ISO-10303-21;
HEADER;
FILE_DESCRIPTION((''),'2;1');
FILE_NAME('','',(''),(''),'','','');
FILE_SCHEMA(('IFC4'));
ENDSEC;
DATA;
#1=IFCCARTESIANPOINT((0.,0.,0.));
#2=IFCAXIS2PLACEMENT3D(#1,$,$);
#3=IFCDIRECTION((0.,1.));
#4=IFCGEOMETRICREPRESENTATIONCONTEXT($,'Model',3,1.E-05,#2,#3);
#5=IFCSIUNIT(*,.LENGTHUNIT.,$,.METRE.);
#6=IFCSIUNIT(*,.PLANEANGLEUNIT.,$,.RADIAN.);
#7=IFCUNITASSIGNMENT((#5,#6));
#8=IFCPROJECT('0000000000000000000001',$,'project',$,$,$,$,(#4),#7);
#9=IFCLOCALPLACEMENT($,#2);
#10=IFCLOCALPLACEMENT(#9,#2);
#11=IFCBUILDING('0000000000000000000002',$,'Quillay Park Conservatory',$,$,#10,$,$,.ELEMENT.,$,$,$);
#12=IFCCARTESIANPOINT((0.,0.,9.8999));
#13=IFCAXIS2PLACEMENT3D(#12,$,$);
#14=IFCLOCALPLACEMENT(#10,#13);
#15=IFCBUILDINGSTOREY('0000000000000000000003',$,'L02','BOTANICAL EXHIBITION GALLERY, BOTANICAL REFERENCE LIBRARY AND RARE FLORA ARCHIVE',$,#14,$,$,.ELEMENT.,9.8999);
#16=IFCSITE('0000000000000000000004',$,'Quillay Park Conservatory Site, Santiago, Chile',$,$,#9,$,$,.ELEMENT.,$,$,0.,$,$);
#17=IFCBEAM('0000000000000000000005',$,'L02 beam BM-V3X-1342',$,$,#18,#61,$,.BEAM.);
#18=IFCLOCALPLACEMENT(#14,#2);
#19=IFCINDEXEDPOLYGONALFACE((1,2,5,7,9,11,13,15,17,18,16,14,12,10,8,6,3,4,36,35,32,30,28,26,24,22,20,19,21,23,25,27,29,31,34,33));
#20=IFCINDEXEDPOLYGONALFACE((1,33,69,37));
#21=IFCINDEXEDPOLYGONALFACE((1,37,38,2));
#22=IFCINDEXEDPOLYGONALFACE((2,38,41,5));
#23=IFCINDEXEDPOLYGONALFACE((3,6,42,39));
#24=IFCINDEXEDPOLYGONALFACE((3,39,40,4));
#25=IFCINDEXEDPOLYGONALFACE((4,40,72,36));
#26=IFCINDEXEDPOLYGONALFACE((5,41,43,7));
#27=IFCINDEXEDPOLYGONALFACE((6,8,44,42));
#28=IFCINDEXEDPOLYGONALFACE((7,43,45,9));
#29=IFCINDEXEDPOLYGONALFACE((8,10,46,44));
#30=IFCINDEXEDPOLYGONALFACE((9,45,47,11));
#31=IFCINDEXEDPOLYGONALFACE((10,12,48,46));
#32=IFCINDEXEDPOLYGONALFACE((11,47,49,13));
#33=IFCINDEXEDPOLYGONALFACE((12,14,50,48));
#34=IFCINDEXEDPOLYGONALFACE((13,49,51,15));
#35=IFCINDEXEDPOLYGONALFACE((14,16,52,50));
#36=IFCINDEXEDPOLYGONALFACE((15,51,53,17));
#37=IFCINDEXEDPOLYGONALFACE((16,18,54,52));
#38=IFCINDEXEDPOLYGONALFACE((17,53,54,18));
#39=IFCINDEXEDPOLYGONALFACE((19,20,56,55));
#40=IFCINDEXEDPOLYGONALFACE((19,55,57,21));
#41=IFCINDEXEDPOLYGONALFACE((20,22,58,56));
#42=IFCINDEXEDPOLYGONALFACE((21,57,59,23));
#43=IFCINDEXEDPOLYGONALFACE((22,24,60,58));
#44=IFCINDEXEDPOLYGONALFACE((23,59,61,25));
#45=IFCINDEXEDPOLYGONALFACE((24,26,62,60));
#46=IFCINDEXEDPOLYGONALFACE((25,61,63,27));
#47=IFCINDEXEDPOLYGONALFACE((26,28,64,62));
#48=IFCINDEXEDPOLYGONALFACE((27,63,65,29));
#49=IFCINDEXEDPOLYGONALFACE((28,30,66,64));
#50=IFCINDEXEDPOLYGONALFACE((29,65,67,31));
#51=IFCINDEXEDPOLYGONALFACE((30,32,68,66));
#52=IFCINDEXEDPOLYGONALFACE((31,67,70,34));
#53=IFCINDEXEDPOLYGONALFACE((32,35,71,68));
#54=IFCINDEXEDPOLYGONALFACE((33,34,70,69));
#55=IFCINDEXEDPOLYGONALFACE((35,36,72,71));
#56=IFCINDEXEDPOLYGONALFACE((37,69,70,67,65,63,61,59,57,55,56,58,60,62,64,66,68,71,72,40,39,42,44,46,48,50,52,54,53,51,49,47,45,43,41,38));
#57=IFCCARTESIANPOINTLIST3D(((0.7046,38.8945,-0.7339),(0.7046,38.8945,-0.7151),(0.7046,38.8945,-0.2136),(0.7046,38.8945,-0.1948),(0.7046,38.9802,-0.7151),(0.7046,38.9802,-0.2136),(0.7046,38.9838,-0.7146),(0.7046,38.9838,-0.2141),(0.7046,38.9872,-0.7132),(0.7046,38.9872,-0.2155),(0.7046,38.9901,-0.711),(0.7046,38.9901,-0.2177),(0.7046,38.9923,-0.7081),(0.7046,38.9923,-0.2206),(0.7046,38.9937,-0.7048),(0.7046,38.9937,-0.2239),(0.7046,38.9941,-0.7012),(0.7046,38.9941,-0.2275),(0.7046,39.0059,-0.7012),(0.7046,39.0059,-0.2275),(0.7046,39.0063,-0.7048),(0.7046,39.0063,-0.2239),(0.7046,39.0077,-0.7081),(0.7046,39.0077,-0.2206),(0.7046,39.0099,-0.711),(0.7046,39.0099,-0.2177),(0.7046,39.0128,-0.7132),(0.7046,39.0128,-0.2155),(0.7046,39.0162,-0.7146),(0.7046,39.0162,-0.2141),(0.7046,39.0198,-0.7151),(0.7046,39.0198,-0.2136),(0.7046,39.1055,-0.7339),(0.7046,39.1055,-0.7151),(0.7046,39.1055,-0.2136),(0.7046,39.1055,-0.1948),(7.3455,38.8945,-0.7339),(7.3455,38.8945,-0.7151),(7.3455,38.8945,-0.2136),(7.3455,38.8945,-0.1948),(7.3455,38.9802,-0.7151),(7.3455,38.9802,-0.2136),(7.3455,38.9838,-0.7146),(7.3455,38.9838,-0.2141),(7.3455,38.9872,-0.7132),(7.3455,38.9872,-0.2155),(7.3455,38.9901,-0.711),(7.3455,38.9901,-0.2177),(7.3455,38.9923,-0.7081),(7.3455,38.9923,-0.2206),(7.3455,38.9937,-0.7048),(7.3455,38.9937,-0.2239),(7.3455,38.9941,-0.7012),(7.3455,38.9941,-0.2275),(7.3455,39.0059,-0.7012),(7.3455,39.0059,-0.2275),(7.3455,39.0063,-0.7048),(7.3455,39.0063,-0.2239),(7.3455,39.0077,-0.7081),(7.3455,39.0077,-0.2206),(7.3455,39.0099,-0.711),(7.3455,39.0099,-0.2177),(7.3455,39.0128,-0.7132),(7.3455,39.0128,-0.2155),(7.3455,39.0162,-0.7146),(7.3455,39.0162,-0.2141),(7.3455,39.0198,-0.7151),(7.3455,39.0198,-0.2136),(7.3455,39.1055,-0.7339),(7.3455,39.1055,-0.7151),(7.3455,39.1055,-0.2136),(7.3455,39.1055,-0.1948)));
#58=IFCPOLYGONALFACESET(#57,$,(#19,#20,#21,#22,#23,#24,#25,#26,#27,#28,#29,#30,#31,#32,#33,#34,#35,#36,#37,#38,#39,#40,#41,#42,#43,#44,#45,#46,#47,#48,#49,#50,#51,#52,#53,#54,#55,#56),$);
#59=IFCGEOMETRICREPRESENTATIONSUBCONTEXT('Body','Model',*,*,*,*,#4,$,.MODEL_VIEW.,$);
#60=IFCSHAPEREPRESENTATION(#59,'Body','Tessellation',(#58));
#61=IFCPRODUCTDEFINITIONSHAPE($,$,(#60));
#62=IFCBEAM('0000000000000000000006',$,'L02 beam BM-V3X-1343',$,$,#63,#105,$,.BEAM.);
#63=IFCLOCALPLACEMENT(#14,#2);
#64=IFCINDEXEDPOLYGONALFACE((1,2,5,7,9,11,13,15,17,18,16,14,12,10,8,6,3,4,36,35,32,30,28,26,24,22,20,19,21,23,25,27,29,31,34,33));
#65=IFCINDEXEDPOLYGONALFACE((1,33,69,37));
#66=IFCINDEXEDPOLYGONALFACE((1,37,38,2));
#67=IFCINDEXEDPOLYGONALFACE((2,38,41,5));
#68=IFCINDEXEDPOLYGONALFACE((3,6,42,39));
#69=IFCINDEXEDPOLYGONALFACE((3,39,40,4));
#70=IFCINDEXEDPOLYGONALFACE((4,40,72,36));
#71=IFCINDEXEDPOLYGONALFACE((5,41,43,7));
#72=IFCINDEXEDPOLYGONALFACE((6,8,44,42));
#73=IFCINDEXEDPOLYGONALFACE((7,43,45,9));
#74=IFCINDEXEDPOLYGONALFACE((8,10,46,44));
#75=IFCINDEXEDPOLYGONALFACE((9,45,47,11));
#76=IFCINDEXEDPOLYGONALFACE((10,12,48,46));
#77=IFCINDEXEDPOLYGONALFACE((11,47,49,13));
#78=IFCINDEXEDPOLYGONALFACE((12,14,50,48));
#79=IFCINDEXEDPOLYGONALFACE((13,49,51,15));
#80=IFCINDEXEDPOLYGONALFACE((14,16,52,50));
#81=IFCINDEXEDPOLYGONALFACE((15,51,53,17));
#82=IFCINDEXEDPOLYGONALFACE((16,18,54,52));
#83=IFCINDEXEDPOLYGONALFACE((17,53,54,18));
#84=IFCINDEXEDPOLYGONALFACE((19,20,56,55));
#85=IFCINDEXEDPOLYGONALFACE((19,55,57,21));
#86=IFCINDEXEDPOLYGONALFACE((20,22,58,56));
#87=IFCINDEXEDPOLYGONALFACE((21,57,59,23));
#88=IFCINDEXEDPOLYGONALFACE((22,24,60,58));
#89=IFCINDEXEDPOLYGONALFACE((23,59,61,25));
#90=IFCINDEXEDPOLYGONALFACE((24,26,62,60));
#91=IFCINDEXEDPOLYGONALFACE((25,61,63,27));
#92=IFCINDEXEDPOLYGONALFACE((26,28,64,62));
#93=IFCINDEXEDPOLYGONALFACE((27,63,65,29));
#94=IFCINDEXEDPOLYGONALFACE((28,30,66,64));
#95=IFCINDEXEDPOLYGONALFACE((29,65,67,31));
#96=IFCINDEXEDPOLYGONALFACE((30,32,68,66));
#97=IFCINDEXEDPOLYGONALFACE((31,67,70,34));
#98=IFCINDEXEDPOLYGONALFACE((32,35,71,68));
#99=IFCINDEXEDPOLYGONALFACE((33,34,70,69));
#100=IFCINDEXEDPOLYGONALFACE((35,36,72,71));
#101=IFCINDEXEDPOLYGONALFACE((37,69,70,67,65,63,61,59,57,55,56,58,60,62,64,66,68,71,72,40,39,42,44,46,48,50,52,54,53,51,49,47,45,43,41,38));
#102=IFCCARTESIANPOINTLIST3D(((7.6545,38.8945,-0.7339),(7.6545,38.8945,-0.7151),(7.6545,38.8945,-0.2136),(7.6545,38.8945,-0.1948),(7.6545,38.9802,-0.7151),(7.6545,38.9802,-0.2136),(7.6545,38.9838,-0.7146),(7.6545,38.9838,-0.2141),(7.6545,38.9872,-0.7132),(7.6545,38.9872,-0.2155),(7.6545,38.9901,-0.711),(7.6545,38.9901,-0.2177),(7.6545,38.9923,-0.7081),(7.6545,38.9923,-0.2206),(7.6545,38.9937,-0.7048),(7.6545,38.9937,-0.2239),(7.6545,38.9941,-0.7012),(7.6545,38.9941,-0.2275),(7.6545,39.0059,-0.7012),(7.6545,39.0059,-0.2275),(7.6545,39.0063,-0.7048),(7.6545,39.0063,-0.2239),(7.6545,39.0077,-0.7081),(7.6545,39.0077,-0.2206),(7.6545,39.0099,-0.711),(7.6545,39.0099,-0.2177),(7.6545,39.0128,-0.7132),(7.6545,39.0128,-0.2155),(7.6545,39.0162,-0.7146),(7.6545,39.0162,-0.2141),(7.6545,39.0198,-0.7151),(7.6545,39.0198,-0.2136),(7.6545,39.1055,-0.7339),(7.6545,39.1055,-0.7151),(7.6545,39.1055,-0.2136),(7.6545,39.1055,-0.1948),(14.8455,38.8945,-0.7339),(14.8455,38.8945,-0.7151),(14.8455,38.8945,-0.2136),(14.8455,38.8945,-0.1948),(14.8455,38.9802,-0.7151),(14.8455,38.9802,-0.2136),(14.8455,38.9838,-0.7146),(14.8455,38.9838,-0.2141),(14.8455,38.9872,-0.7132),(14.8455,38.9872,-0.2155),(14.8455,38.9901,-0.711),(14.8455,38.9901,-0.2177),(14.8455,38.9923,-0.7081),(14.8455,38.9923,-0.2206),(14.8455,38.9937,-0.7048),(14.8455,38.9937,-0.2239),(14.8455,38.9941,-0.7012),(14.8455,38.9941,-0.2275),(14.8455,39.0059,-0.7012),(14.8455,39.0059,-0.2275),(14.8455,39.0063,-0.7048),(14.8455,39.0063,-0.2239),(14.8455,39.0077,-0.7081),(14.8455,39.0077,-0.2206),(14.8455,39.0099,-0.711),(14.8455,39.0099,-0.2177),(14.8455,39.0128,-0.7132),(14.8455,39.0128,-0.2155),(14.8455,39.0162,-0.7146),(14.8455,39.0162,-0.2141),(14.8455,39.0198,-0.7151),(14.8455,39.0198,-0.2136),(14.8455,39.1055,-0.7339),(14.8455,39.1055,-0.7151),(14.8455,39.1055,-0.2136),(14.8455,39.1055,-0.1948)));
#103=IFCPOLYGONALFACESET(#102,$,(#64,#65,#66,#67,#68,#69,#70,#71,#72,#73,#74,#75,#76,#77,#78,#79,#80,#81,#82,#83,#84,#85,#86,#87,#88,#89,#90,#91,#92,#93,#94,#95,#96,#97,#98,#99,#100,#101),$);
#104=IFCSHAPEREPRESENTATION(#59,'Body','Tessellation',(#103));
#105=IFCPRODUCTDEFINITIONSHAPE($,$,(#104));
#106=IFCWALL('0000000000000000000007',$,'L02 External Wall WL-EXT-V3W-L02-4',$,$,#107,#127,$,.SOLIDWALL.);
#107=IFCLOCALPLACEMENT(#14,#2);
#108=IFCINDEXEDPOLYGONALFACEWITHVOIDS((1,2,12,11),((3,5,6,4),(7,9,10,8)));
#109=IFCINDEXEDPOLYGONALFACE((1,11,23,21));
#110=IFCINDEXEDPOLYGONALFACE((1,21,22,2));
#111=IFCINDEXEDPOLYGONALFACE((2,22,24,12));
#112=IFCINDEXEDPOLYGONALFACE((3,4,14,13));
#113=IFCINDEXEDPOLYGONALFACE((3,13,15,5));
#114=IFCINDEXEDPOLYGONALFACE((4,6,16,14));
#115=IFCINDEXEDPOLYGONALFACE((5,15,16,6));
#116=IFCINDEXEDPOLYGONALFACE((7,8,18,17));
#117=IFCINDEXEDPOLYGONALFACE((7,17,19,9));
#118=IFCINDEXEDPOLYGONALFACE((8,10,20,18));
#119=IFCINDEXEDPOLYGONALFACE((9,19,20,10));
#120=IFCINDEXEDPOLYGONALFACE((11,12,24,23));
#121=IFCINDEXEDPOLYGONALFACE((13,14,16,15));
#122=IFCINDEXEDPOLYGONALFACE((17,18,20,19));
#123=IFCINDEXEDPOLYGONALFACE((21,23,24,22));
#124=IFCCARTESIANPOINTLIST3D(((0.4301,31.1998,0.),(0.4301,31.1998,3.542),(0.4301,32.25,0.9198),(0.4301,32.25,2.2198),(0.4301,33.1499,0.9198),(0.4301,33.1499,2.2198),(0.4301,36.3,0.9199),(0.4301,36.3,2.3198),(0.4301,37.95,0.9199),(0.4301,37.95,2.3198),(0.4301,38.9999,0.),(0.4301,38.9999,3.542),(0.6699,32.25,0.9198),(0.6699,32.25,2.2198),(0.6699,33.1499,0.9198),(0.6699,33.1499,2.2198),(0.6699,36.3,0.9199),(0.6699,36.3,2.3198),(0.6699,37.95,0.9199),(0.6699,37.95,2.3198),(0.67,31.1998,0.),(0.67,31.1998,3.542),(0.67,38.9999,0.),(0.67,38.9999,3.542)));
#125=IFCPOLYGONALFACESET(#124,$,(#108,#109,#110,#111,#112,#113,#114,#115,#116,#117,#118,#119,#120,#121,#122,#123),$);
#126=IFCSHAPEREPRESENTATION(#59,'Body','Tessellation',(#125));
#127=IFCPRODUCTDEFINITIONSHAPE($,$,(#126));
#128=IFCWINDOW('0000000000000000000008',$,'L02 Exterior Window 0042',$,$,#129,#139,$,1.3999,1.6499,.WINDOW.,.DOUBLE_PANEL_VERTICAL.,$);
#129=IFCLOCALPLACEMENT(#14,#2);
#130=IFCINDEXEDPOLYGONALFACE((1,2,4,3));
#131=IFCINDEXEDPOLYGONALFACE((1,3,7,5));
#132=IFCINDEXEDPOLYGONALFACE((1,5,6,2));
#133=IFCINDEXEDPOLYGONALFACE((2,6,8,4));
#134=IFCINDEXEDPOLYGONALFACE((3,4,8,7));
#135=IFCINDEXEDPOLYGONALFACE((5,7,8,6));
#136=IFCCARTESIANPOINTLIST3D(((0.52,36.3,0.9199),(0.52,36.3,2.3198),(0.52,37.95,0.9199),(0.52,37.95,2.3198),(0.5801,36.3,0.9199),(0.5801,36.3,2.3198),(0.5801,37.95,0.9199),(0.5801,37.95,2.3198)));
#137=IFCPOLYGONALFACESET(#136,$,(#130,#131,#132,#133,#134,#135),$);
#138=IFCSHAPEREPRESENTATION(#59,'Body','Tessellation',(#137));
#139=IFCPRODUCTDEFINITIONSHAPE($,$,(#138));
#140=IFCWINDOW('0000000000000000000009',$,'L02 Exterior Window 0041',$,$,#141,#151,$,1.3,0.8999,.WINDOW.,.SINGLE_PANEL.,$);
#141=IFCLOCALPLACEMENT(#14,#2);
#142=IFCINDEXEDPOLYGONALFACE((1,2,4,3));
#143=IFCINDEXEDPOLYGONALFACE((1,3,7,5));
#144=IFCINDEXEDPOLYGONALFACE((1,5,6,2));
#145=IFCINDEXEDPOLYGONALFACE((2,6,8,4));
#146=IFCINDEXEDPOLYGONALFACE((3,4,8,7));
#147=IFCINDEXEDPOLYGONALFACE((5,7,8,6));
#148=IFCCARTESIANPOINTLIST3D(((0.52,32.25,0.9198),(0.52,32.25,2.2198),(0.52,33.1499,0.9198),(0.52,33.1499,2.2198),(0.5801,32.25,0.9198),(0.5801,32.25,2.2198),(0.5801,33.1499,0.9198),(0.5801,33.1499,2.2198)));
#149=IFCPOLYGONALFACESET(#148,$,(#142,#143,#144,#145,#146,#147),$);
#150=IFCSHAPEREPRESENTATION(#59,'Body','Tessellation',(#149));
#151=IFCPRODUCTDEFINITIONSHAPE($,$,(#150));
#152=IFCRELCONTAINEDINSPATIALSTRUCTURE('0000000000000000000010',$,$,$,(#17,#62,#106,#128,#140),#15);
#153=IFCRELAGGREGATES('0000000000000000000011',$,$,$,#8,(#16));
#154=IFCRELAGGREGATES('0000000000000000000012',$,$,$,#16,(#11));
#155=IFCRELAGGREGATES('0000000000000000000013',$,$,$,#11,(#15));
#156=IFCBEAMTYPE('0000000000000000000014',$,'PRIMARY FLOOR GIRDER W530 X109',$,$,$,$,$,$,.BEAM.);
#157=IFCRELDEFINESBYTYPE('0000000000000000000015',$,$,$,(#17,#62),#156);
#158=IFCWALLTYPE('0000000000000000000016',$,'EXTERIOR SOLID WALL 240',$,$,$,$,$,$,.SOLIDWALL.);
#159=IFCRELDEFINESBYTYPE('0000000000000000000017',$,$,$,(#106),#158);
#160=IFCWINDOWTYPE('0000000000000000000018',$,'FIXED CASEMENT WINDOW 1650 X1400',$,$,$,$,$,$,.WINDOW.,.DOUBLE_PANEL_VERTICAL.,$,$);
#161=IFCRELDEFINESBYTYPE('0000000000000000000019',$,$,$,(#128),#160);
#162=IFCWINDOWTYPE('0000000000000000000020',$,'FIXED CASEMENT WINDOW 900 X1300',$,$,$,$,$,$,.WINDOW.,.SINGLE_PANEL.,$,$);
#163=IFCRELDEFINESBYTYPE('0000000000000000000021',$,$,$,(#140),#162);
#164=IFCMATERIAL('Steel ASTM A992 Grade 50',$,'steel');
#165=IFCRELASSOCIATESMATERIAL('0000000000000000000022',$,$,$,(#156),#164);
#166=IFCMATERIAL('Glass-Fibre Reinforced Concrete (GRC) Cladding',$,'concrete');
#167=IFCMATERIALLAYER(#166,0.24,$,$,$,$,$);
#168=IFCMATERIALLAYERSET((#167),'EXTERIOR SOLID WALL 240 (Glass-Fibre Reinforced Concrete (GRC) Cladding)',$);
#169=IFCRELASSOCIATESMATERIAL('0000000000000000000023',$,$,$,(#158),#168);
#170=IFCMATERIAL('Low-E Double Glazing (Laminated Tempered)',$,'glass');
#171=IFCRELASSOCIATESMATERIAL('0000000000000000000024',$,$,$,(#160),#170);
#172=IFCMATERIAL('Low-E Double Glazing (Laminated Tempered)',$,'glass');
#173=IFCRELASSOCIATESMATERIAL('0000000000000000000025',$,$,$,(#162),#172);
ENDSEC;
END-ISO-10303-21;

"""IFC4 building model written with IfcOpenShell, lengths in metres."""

from ifc_helpers import new_model, si_unit, direction, frame, frame_2d, origin, origin_2d, place, context, subcontext, project, spatial, rectangle, i_section, extrude, material, layer, layer_set, material_profile, profile_set, type_object, element, fill, save


model = new_model("IFC4")

# Units and contexts
model_context = context("Model", 3, precision=1e-05, world=origin(), true_north=direction((0.0, 1.0)))
body_context = subcontext(model_context, "Body", "Model", "MODEL_VIEW")
ifc_project = project(units=[si_unit("LENGTHUNIT", "METRE"), si_unit("PLANEANGLEUNIT", "RADIAN")], contexts=[model_context])

# Site, building, storey
site_placement = place(None, origin())
site = spatial("IfcSite", under=ifc_project, at=site_placement, Name="Quillay Park Conservatory Site, Santiago, Chile", CompositionType="ELEMENT", RefElevation=0.0)
building_placement = place(site_placement, origin())
building = spatial("IfcBuilding", under=site, at=building_placement, Name="Quillay Park Conservatory", CompositionType="ELEMENT")
storey_placement = place(building_placement, frame((0.0, 0.0, 9.8999)))
storey = spatial("IfcBuildingStorey", under=building, at=storey_placement, Name="L02", Description="BOTANICAL EXHIBITION GALLERY, BOTANICAL REFERENCE LIBRARY AND RARE FLORA ARCHIVE", CompositionType="ELEMENT", Elevation=9.8999)

# Beams
ifc_material_1 = material(Name="Steel ASTM A992 Grade 50", Category="steel")
ifc_material_profile_1 = material_profile(ifc_material_1, i_section(OverallWidth=0.2109, OverallDepth=0.5391, WebThickness=0.0117, FlangeThickness=0.0188, FilletRadius=0.0139, at=origin_2d()), Name="W530x109")
ifc_profile_set_1 = profile_set([ifc_material_profile_1], Name="Steel ASTM A992 Grade 50")
beam_type_1 = type_object("IfcBeamType", Name="PRIMARY FLOOR GIRDER W530 X109", PredefinedType="BEAM", material=ifc_profile_set_1)
beam_1_placement = place(storey_placement, frame((0.7046, 39.0, -0.4644), z_axis=(1.0, 0.0, 0.0), x_axis=(0.0, 1.0, 0.0)))
element("IfcBeam", 1, at=beam_1_placement, inside=storey, type_object=beam_type_1, Name="L02 beam BM-V3X-1342", PredefinedType="BEAM", context=body_context, shape_type="SweptSolid", body=[
    extrude(i_section(OverallWidth=0.2109, OverallDepth=0.5391, WebThickness=0.0117, FlangeThickness=0.0188, FilletRadius=0.0139, at=origin_2d()), origin(), (0.0, 0.0, 1.0), 6.6409),
])
beam_2_placement = place(storey_placement, frame((7.6545, 39.0, -0.4644), z_axis=(1.0, 0.0, 0.0), x_axis=(0.0, 1.0, 0.0)))
element("IfcBeam", 2, at=beam_2_placement, inside=storey, type_object=beam_type_1, Name="L02 beam BM-V3X-1343", PredefinedType="BEAM", context=body_context, shape_type="SweptSolid", body=[
    extrude(i_section(OverallWidth=0.2109, OverallDepth=0.5391, WebThickness=0.0117, FlangeThickness=0.0188, FilletRadius=0.0139, at=origin_2d()), origin(), (0.0, 0.0, 1.0), 7.1909),
])

# Wall, openings, windows
ifc_material_2 = material(Name="Glass-Fibre Reinforced Concrete (GRC) Cladding", Category="concrete")
ifc_layer = layer(ifc_material_2, 0.24)
ifc_layer_set = layer_set([ifc_layer], Name="EXTERIOR SOLID WALL 240 (Glass-Fibre Reinforced Concrete (GRC) Cladding)")
wall_type = type_object("IfcWallType", Name="EXTERIOR SOLID WALL 240", PredefinedType="SOLIDWALL", material=ifc_layer_set)
wall_1_placement = place(storey_placement, frame((0.55, 31.2, 0.0), z_axis=(0.0, 0.0, 1.0), x_axis=(0.0, 1.0, 0.0)))
wall_1 = element("IfcWall", 3, at=wall_1_placement, inside=storey, type_object=wall_type, Name="L02 External Wall WL-EXT-V3W-L02-4", PredefinedType="SOLIDWALL", context=body_context, shape_type="SweptSolid", body=[
    extrude(rectangle(XDim=7.8, YDim=0.24, at=frame_2d((3.8999, 0.0))), origin(), (0.0, 0.0, 1.0), 3.542),
])
opening_1_placement = place(wall_1_placement, frame((1.05, 0.0, 0.9199)))
opening_1 = element("IfcOpeningElement", 4, at=opening_1_placement, cuts=wall_1, PredefinedType="OPENING", context=body_context, shape_type="SweptSolid", body=[
    extrude(rectangle(XDim=0.8999, YDim=1.3, at=frame_2d((0.45, 0.6499))), frame((0.0, 0.1201, 0.0), z_axis=(0.0, -1.0, 0.0), x_axis=(1.0, 0.0, 0.0)), (0.0, 0.0, 1.0), 0.24),
])
opening_2_placement = place(wall_1_placement, frame((5.1001, 0.0, 0.9199)))
opening_2 = element("IfcOpeningElement", 5, at=opening_2_placement, cuts=wall_1, PredefinedType="OPENING", context=body_context, shape_type="SweptSolid", body=[
    extrude(rectangle(XDim=1.6499, YDim=1.3999, at=frame_2d((0.825, 0.7))), frame((0.0, 0.1201, 0.0), z_axis=(0.0, -1.0, 0.0), x_axis=(1.0, 0.0, 0.0)), (0.0, 0.0, 1.0), 0.24),
])
ifc_material_3 = material(Name="Low-E Double Glazing (Laminated Tempered)", Category="glass")
window_type_1 = type_object("IfcWindowType", Name="FIXED CASEMENT WINDOW 1650 X1400", PartitioningType="DOUBLE_PANEL_VERTICAL", PredefinedType="WINDOW", material=ifc_material_3)
window_1_placement = place(opening_2_placement, origin())
window_1 = element("IfcWindow", 6, at=window_1_placement, inside=storey, type_object=window_type_1, Name="L02 Exterior Window 0042", OverallHeight=1.3999, OverallWidth=1.6499, PartitioningType="DOUBLE_PANEL_VERTICAL", PredefinedType="WINDOW", context=body_context, shape_type="SweptSolid", body=[
    extrude(rectangle(XDim=1.6499, YDim=1.3999, at=frame_2d((0.825, 0.7))), frame((0.0, 0.03, 0.0), z_axis=(0.0, -1.0, 0.0), x_axis=(1.0, 0.0, 0.0)), (0.0, 0.0, 1.0), 0.0601),
])
fill(opening_2, window_1)
ifc_material_4 = material(Name="Low-E Double Glazing (Laminated Tempered)", Category="glass")
window_type_2 = type_object("IfcWindowType", Name="FIXED CASEMENT WINDOW 900 X1300", PartitioningType="SINGLE_PANEL", PredefinedType="WINDOW", material=ifc_material_4)
window_2_placement = place(opening_1_placement, origin())
window_2 = element("IfcWindow", 7, at=window_2_placement, inside=storey, type_object=window_type_2, Name="L02 Exterior Window 0041", OverallHeight=1.3, OverallWidth=0.8999, PartitioningType="SINGLE_PANEL", PredefinedType="WINDOW", context=body_context, shape_type="SweptSolid", body=[
    extrude(rectangle(XDim=0.8999, YDim=1.3, at=frame_2d((0.45, 0.6499))), frame((0.0, 0.03, 0.0), z_axis=(0.0, -1.0, 0.0), x_axis=(1.0, 0.0, 0.0)), (0.0, 0.0, 1.0), 0.0601),
])
fill(opening_1, window_2)

save(model, "model.ifc")
